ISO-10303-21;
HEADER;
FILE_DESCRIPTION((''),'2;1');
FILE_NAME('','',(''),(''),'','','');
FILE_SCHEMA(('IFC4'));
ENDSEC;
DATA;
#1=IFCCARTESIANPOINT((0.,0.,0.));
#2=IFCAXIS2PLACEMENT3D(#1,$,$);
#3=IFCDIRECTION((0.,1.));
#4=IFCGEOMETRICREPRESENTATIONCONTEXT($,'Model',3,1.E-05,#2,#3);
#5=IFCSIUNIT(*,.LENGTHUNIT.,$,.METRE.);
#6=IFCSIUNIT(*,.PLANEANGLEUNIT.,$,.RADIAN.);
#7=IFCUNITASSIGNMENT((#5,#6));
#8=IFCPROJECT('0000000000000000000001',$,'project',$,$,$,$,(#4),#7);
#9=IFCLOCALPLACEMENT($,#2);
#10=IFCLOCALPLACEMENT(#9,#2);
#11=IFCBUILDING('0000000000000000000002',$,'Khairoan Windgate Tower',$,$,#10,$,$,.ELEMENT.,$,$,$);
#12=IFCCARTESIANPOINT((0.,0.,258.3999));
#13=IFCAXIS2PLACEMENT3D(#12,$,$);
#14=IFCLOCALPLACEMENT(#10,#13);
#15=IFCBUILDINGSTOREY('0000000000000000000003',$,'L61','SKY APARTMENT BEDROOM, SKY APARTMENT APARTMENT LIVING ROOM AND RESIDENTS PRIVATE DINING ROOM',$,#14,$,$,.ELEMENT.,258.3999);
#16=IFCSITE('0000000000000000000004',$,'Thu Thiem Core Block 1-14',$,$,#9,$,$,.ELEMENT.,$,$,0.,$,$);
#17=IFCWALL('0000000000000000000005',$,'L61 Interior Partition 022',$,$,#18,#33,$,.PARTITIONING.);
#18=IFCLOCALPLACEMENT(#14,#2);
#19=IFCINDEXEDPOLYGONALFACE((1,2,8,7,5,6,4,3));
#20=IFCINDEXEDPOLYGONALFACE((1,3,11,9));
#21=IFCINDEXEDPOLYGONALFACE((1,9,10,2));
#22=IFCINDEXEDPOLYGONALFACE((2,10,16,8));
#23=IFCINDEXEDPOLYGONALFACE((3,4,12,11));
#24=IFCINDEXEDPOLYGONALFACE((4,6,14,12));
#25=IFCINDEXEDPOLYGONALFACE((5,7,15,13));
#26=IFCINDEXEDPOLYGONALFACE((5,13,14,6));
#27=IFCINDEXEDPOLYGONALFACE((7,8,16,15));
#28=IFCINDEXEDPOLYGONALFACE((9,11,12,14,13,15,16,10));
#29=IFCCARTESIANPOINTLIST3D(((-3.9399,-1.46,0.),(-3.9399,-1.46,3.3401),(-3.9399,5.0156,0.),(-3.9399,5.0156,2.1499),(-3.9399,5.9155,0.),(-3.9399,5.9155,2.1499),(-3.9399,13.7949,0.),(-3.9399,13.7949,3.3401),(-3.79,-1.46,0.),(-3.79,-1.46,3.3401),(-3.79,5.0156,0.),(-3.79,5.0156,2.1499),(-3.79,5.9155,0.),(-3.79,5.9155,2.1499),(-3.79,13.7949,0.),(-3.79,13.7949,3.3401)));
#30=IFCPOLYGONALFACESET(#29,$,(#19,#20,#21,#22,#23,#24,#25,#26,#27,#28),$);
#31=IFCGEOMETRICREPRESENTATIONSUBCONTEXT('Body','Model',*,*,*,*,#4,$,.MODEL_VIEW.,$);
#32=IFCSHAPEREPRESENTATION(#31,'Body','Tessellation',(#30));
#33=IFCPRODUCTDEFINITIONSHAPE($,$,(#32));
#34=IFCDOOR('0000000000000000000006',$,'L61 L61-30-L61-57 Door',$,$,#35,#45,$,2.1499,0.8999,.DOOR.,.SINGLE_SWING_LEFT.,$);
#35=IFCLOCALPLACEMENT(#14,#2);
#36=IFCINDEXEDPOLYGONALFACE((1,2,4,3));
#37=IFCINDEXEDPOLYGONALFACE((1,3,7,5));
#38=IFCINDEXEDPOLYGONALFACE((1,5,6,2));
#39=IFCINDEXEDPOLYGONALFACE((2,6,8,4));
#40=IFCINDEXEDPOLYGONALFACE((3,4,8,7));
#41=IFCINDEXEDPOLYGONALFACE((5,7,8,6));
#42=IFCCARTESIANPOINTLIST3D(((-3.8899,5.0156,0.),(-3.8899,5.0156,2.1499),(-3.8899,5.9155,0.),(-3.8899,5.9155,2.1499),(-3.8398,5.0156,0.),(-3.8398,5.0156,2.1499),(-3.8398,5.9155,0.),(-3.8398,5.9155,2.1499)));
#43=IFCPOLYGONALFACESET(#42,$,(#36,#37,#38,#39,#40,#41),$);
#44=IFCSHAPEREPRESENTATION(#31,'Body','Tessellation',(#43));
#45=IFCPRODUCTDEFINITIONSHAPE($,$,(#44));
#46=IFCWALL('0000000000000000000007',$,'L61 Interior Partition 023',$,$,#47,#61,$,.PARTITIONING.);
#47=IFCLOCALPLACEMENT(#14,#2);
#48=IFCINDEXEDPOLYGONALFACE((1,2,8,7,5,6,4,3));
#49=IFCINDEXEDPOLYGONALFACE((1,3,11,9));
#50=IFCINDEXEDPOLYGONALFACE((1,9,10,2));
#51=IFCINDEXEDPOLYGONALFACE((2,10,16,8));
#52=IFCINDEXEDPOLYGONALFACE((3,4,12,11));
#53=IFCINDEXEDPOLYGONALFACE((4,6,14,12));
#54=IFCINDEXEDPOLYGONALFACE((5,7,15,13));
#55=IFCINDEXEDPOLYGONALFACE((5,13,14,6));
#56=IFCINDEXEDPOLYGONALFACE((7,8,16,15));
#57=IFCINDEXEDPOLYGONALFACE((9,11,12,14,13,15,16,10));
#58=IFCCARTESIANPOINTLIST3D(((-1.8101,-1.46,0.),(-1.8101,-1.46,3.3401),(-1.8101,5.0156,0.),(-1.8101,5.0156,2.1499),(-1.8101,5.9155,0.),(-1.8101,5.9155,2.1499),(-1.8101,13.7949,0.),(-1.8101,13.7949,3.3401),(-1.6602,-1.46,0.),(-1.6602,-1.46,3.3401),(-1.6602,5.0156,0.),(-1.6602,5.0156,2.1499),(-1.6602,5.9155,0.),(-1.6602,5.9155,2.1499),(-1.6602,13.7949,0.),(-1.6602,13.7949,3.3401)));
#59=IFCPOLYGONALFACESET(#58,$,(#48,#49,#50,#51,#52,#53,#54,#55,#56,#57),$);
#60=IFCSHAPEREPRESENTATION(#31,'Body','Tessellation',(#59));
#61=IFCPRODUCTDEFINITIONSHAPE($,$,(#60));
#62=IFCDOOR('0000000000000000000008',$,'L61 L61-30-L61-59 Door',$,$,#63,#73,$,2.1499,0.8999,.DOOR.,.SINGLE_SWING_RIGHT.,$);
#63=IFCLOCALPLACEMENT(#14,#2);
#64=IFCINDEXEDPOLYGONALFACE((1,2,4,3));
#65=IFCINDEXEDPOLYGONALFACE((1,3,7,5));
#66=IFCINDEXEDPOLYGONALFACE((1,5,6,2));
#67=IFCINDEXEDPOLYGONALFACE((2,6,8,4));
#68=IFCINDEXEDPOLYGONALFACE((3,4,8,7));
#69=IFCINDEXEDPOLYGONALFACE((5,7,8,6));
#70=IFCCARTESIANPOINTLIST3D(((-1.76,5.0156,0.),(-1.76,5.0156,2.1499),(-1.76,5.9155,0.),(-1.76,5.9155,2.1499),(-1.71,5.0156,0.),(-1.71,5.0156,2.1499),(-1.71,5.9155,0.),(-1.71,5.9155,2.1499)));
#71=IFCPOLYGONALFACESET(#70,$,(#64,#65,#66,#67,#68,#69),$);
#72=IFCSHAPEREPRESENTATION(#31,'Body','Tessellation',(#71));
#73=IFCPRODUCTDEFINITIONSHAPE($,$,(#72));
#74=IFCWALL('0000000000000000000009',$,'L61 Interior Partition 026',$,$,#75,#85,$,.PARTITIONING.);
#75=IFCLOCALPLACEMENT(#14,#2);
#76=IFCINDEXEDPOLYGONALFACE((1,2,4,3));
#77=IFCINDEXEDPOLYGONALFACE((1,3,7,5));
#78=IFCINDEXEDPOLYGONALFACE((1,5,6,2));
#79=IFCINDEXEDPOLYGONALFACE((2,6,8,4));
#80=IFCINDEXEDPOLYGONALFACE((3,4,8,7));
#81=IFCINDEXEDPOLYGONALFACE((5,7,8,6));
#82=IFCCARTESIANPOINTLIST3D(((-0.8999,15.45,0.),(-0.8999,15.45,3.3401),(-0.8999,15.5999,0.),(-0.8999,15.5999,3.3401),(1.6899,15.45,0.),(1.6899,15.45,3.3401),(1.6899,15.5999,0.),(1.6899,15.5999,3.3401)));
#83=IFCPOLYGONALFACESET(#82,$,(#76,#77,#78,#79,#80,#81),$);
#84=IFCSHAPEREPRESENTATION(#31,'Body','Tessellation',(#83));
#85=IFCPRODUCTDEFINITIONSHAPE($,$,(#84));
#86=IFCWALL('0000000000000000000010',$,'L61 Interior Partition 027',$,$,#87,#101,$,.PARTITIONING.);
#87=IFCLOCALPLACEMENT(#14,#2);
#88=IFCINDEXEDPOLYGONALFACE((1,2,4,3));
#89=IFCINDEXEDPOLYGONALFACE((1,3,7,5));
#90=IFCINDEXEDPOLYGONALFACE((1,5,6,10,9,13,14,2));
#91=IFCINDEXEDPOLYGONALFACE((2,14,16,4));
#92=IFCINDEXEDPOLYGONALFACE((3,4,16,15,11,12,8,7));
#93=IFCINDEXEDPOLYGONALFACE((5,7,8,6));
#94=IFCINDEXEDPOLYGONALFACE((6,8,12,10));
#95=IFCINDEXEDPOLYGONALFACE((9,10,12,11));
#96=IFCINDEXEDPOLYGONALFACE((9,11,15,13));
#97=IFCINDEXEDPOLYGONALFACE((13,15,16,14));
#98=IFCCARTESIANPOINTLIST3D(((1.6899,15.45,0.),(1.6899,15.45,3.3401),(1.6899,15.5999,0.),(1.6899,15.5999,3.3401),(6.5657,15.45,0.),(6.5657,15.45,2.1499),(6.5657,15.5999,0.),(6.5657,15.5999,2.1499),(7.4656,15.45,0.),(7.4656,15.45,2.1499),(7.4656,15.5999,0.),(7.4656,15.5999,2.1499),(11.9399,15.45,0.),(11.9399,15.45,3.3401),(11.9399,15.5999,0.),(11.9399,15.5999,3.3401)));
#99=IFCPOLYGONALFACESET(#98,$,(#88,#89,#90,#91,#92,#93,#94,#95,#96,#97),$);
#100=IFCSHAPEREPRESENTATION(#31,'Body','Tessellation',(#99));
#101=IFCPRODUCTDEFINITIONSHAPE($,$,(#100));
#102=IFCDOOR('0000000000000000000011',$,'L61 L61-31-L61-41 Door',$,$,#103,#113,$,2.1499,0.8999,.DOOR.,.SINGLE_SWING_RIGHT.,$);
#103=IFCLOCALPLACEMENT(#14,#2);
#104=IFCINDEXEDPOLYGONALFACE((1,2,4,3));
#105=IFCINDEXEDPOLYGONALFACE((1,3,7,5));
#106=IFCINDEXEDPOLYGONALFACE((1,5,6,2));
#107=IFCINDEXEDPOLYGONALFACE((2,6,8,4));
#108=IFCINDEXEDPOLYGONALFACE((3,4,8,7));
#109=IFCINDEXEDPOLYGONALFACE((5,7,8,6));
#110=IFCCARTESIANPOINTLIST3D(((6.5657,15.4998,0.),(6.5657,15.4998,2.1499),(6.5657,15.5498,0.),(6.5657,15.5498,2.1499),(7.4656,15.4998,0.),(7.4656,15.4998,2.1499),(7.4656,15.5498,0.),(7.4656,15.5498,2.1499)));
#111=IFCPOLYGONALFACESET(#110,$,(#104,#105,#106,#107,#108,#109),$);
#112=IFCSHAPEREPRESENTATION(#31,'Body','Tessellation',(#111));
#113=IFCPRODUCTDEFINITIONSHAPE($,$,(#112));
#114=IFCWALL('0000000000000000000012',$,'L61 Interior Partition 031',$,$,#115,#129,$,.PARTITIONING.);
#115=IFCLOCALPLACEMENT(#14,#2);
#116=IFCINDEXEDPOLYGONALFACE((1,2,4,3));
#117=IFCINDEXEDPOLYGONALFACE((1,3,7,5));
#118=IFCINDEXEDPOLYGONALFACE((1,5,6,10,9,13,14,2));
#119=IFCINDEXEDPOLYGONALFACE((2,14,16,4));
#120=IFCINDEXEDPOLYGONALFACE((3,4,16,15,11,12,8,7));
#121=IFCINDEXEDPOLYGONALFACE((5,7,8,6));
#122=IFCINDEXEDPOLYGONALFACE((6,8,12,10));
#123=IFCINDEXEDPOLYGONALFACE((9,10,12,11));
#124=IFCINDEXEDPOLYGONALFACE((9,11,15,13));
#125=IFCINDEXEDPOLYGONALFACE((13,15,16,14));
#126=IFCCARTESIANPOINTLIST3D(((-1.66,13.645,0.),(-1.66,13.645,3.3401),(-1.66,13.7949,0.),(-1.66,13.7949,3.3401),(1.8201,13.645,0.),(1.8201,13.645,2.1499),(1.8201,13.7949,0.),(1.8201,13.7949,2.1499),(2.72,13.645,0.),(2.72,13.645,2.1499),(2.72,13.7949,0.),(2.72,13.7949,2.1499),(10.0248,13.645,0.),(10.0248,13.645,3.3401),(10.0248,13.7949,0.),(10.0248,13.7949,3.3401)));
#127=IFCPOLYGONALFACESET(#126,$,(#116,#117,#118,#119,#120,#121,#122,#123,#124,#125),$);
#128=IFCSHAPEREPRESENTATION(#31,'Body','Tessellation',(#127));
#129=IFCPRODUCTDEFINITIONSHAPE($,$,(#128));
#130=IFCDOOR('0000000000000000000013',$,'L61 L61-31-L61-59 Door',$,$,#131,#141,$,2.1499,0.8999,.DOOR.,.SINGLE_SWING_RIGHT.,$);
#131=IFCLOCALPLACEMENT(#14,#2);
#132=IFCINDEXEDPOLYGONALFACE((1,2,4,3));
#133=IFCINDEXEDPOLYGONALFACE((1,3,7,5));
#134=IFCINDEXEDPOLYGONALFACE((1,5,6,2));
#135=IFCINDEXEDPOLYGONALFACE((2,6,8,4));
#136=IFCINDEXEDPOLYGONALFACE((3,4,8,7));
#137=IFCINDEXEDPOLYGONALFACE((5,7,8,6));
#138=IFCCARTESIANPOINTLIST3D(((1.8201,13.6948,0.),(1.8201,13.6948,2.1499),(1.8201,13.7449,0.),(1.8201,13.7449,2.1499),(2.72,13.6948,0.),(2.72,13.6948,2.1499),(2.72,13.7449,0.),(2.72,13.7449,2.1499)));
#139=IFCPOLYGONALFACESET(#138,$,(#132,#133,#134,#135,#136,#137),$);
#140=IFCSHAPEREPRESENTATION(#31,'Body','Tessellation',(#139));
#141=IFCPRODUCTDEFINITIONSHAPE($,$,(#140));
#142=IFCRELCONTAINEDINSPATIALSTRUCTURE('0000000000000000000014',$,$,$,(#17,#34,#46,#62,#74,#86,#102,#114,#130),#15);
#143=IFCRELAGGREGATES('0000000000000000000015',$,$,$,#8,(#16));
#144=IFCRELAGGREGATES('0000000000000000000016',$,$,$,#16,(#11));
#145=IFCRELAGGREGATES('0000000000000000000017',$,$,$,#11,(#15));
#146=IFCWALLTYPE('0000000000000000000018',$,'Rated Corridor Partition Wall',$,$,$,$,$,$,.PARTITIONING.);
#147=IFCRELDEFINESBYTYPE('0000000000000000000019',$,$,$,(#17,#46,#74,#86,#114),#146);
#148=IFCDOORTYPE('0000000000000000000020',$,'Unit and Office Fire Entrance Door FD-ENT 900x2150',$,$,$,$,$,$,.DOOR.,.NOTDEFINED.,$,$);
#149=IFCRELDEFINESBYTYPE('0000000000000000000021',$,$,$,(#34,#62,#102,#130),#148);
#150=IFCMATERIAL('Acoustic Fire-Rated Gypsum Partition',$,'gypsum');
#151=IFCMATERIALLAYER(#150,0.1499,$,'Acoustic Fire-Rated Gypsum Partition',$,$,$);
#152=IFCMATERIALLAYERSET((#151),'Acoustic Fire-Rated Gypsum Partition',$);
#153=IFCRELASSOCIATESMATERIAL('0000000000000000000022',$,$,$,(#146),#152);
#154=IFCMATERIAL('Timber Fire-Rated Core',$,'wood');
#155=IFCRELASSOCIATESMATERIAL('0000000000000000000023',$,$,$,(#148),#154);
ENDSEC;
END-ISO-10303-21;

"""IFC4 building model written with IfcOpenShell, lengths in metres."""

from ifc_helpers import new_model, si_unit, direction, frame, frame_2d, origin, place, context, subcontext, project, spatial, rectangle, extrude, material, layer, layer_set, type_object, element, fill, save


model = new_model("IFC4")

# Units and contexts
model_context = context("Model", 3, precision=1e-05, world=origin(), true_north=direction((0.0, 1.0)))
body_context = subcontext(model_context, "Body", "Model", "MODEL_VIEW")
ifc_project = project(units=[si_unit("LENGTHUNIT", "METRE"), si_unit("PLANEANGLEUNIT", "RADIAN")], contexts=[model_context])

# Site, building, storey
site_placement = place(None, origin())
site = spatial("IfcSite", under=ifc_project, at=site_placement, Name="Thu Thiem Core Block 1-14", CompositionType="ELEMENT", RefElevation=0.0)
building_placement = place(site_placement, origin())
building = spatial("IfcBuilding", under=site, at=building_placement, Name="Khairoan Windgate Tower", CompositionType="ELEMENT")
storey_placement = place(building_placement, frame((0.0, 0.0, 258.3999)))
storey = spatial("IfcBuildingStorey", under=building, at=storey_placement, Name="L61", Description="SKY APARTMENT BEDROOM, SKY APARTMENT APARTMENT LIVING ROOM AND RESIDENTS PRIVATE DINING ROOM", CompositionType="ELEMENT", Elevation=258.3999)

# Walls, openings, doors
ifc_material_1 = material(Name="Acoustic Fire-Rated Gypsum Partition", Category="gypsum")
ifc_layer_1 = layer(ifc_material_1, 0.1499, Name="Acoustic Fire-Rated Gypsum Partition")
ifc_layer_set_1 = layer_set([ifc_layer_1], Name="Acoustic Fire-Rated Gypsum Partition")
wall_type_1 = type_object("IfcWallType", Name="Rated Corridor Partition Wall", PredefinedType="PARTITIONING", material=ifc_layer_set_1)
ifc_material_2 = material(Name="Timber Fire-Rated Core", Category="wood")
door_type_1 = type_object("IfcDoorType", Name="Unit and Office Fire Entrance Door FD-ENT 900x2150", OperationType="NOTDEFINED", PredefinedType="DOOR", material=ifc_material_2)
wall_1_placement = place(storey_placement, frame((-3.865, -1.46, 0.0), z_axis=(0.0, 0.0, 1.0), x_axis=(0.0, 1.0, 0.0)))
wall_1 = element("IfcWall", 1, at=wall_1_placement, inside=storey, type_object=wall_type_1, Name="L61 Interior Partition 022", PredefinedType="PARTITIONING", context=body_context, shape_type="SweptSolid", body=[
    extrude(rectangle(XDim=15.2549, YDim=0.1499, at=frame_2d((7.6274, 0.0))), origin(), (0.0, 0.0, 1.0), 3.3401),
])
opening_1_placement = place(wall_1_placement, frame((6.4756, 0.0, 0.0)))
opening_1 = element("IfcOpeningElement", 2, at=opening_1_placement, cuts=wall_1, PredefinedType="OPENING", context=body_context, shape_type="SweptSolid", body=[
    extrude(rectangle(XDim=0.8999, YDim=2.1499, at=frame_2d((0.45, 1.075))), frame((0.0, 0.085, 0.0), z_axis=(0.0, -1.0, 0.0), x_axis=(1.0, 0.0, 0.0)), (0.0, 0.0, 1.0), 0.1699),
])
door_1_placement = place(opening_1_placement, origin())
door_1 = element("IfcDoor", 3, at=door_1_placement, inside=storey, type_object=door_type_1, Name="L61 L61-30-L61-57 Door", OperationType="SINGLE_SWING_LEFT", OverallHeight=2.1499, OverallWidth=0.8999, PredefinedType="DOOR", context=body_context, shape_type="SweptSolid", body=[
    extrude(rectangle(XDim=0.8999, YDim=2.1499, at=frame_2d((0.45, 1.075))), frame((0.0, 0.0249, 0.0), z_axis=(0.0, -1.0, 0.0), x_axis=(1.0, 0.0, 0.0)), (0.0, 0.0, 1.0), 0.05),
])
fill(opening_1, door_1)
wall_2_placement = place(storey_placement, frame((-1.7351, -1.46, 0.0), z_axis=(0.0, 0.0, 1.0), x_axis=(0.0, 1.0, 0.0)))
wall_2 = element("IfcWall", 4, at=wall_2_placement, inside=storey, type_object=wall_type_1, Name="L61 Interior Partition 023", PredefinedType="PARTITIONING", context=body_context, shape_type="SweptSolid", body=[
    extrude(rectangle(XDim=15.2549, YDim=0.1499, at=frame_2d((7.6274, 0.0))), origin(), (0.0, 0.0, 1.0), 3.3401),
])
opening_2_placement = place(wall_2_placement, frame((6.4756, 0.0, 0.0)))
opening_2 = element("IfcOpeningElement", 5, at=opening_2_placement, cuts=wall_2, PredefinedType="OPENING", context=body_context, shape_type="SweptSolid", body=[
    extrude(rectangle(XDim=0.8999, YDim=2.1499, at=frame_2d((0.45, 1.075))), frame((0.0, 0.085, 0.0), z_axis=(0.0, -1.0, 0.0), x_axis=(1.0, 0.0, 0.0)), (0.0, 0.0, 1.0), 0.1699),
])
door_2_placement = place(opening_2_placement, origin())
door_2 = element("IfcDoor", 6, at=door_2_placement, inside=storey, type_object=door_type_1, Name="L61 L61-30-L61-59 Door", OperationType="SINGLE_SWING_RIGHT", OverallHeight=2.1499, OverallWidth=0.8999, PredefinedType="DOOR", context=body_context, shape_type="SweptSolid", body=[
    extrude(rectangle(XDim=0.8999, YDim=2.1499, at=frame_2d((0.45, 1.075))), frame((0.0, 0.0249, 0.0), z_axis=(0.0, -1.0, 0.0), x_axis=(1.0, 0.0, 0.0)), (0.0, 0.0, 1.0), 0.05),
])
fill(opening_2, door_2)

# Wall
wall_3_placement = place(storey_placement, frame((-0.8999, 15.5249, 0.0), z_axis=(0.0, 0.0, 1.0), x_axis=(1.0, 0.0, 0.0)))
element("IfcWall", 7, at=wall_3_placement, inside=storey, type_object=wall_type_1, Name="L61 Interior Partition 026", PredefinedType="PARTITIONING", context=body_context, shape_type="SweptSolid", body=[
    extrude(rectangle(XDim=2.5898, YDim=0.1499, at=frame_2d((1.2949, 0.0))), origin(), (0.0, 0.0, 1.0), 3.3401),
])

# Walls, openings, doors
wall_4_placement = place(storey_placement, frame((1.6899, 15.5249, 0.0), z_axis=(0.0, 0.0, 1.0), x_axis=(1.0, 0.0, 0.0)))
wall_4 = element("IfcWall", 8, at=wall_4_placement, inside=storey, type_object=wall_type_1, Name="L61 Interior Partition 027", PredefinedType="PARTITIONING", context=body_context, shape_type="SweptSolid", body=[
    extrude(rectangle(XDim=10.25, YDim=0.1499, at=frame_2d((5.125, 0.0))), origin(), (0.0, 0.0, 1.0), 3.3401),
])
opening_3_placement = place(wall_4_placement, frame((4.8757, 0.0, 0.0)))
opening_3 = element("IfcOpeningElement", 9, at=opening_3_placement, cuts=wall_4, PredefinedType="OPENING", context=body_context, shape_type="SweptSolid", body=[
    extrude(rectangle(XDim=0.8999, YDim=2.1499, at=frame_2d((0.45, 1.075))), frame((0.0, 0.085, 0.0), z_axis=(0.0, -1.0, 0.0), x_axis=(1.0, 0.0, 0.0)), (0.0, 0.0, 1.0), 0.1699),
])
door_3_placement = place(opening_3_placement, origin())
door_3 = element("IfcDoor", 10, at=door_3_placement, inside=storey, type_object=door_type_1, Name="L61 L61-31-L61-41 Door", OperationType="SINGLE_SWING_RIGHT", OverallHeight=2.1499, OverallWidth=0.8999, PredefinedType="DOOR", context=body_context, shape_type="SweptSolid", body=[
    extrude(rectangle(XDim=0.8999, YDim=2.1499, at=frame_2d((0.45, 1.075))), frame((0.0, 0.0249, 0.0), z_axis=(0.0, -1.0, 0.0), x_axis=(1.0, 0.0, 0.0)), (0.0, 0.0, 1.0), 0.05),
])
fill(opening_3, door_3)
wall_5_placement = place(storey_placement, frame((-1.6599, 13.72, 0.0), z_axis=(0.0, 0.0, 1.0), x_axis=(1.0, 0.0, 0.0)))
wall_5 = element("IfcWall", 11, at=wall_5_placement, inside=storey, type_object=wall_type_1, Name="L61 Interior Partition 031", PredefinedType="PARTITIONING", context=body_context, shape_type="SweptSolid", body=[
    extrude(rectangle(XDim=11.6848, YDim=0.1499, at=frame_2d((5.8423, 0.0))), origin(), (0.0, 0.0, 1.0), 3.3401),
])
opening_4_placement = place(wall_5_placement, frame((3.48, 0.0, 0.0)))
opening_4 = element("IfcOpeningElement", 12, at=opening_4_placement, cuts=wall_5, PredefinedType="OPENING", context=body_context, shape_type="SweptSolid", body=[
    extrude(rectangle(XDim=0.8999, YDim=2.1499, at=frame_2d((0.45, 1.075))), frame((0.0, 0.085, 0.0), z_axis=(0.0, -1.0, 0.0), x_axis=(1.0, 0.0, 0.0)), (0.0, 0.0, 1.0), 0.1699),
])
door_4_placement = place(opening_4_placement, origin())
door_4 = element("IfcDoor", 13, at=door_4_placement, inside=storey, type_object=door_type_1, Name="L61 L61-31-L61-59 Door", OperationType="SINGLE_SWING_RIGHT", OverallHeight=2.1499, OverallWidth=0.8999, PredefinedType="DOOR", context=body_context, shape_type="SweptSolid", body=[
    extrude(rectangle(XDim=0.8999, YDim=2.1499, at=frame_2d((0.45, 1.075))), frame((0.0, 0.0249, 0.0), z_axis=(0.0, -1.0, 0.0), x_axis=(1.0, 0.0, 0.0)), (0.0, 0.0, 1.0), 0.05),
])
fill(opening_4, door_4)

save(model, "model.ifc")
